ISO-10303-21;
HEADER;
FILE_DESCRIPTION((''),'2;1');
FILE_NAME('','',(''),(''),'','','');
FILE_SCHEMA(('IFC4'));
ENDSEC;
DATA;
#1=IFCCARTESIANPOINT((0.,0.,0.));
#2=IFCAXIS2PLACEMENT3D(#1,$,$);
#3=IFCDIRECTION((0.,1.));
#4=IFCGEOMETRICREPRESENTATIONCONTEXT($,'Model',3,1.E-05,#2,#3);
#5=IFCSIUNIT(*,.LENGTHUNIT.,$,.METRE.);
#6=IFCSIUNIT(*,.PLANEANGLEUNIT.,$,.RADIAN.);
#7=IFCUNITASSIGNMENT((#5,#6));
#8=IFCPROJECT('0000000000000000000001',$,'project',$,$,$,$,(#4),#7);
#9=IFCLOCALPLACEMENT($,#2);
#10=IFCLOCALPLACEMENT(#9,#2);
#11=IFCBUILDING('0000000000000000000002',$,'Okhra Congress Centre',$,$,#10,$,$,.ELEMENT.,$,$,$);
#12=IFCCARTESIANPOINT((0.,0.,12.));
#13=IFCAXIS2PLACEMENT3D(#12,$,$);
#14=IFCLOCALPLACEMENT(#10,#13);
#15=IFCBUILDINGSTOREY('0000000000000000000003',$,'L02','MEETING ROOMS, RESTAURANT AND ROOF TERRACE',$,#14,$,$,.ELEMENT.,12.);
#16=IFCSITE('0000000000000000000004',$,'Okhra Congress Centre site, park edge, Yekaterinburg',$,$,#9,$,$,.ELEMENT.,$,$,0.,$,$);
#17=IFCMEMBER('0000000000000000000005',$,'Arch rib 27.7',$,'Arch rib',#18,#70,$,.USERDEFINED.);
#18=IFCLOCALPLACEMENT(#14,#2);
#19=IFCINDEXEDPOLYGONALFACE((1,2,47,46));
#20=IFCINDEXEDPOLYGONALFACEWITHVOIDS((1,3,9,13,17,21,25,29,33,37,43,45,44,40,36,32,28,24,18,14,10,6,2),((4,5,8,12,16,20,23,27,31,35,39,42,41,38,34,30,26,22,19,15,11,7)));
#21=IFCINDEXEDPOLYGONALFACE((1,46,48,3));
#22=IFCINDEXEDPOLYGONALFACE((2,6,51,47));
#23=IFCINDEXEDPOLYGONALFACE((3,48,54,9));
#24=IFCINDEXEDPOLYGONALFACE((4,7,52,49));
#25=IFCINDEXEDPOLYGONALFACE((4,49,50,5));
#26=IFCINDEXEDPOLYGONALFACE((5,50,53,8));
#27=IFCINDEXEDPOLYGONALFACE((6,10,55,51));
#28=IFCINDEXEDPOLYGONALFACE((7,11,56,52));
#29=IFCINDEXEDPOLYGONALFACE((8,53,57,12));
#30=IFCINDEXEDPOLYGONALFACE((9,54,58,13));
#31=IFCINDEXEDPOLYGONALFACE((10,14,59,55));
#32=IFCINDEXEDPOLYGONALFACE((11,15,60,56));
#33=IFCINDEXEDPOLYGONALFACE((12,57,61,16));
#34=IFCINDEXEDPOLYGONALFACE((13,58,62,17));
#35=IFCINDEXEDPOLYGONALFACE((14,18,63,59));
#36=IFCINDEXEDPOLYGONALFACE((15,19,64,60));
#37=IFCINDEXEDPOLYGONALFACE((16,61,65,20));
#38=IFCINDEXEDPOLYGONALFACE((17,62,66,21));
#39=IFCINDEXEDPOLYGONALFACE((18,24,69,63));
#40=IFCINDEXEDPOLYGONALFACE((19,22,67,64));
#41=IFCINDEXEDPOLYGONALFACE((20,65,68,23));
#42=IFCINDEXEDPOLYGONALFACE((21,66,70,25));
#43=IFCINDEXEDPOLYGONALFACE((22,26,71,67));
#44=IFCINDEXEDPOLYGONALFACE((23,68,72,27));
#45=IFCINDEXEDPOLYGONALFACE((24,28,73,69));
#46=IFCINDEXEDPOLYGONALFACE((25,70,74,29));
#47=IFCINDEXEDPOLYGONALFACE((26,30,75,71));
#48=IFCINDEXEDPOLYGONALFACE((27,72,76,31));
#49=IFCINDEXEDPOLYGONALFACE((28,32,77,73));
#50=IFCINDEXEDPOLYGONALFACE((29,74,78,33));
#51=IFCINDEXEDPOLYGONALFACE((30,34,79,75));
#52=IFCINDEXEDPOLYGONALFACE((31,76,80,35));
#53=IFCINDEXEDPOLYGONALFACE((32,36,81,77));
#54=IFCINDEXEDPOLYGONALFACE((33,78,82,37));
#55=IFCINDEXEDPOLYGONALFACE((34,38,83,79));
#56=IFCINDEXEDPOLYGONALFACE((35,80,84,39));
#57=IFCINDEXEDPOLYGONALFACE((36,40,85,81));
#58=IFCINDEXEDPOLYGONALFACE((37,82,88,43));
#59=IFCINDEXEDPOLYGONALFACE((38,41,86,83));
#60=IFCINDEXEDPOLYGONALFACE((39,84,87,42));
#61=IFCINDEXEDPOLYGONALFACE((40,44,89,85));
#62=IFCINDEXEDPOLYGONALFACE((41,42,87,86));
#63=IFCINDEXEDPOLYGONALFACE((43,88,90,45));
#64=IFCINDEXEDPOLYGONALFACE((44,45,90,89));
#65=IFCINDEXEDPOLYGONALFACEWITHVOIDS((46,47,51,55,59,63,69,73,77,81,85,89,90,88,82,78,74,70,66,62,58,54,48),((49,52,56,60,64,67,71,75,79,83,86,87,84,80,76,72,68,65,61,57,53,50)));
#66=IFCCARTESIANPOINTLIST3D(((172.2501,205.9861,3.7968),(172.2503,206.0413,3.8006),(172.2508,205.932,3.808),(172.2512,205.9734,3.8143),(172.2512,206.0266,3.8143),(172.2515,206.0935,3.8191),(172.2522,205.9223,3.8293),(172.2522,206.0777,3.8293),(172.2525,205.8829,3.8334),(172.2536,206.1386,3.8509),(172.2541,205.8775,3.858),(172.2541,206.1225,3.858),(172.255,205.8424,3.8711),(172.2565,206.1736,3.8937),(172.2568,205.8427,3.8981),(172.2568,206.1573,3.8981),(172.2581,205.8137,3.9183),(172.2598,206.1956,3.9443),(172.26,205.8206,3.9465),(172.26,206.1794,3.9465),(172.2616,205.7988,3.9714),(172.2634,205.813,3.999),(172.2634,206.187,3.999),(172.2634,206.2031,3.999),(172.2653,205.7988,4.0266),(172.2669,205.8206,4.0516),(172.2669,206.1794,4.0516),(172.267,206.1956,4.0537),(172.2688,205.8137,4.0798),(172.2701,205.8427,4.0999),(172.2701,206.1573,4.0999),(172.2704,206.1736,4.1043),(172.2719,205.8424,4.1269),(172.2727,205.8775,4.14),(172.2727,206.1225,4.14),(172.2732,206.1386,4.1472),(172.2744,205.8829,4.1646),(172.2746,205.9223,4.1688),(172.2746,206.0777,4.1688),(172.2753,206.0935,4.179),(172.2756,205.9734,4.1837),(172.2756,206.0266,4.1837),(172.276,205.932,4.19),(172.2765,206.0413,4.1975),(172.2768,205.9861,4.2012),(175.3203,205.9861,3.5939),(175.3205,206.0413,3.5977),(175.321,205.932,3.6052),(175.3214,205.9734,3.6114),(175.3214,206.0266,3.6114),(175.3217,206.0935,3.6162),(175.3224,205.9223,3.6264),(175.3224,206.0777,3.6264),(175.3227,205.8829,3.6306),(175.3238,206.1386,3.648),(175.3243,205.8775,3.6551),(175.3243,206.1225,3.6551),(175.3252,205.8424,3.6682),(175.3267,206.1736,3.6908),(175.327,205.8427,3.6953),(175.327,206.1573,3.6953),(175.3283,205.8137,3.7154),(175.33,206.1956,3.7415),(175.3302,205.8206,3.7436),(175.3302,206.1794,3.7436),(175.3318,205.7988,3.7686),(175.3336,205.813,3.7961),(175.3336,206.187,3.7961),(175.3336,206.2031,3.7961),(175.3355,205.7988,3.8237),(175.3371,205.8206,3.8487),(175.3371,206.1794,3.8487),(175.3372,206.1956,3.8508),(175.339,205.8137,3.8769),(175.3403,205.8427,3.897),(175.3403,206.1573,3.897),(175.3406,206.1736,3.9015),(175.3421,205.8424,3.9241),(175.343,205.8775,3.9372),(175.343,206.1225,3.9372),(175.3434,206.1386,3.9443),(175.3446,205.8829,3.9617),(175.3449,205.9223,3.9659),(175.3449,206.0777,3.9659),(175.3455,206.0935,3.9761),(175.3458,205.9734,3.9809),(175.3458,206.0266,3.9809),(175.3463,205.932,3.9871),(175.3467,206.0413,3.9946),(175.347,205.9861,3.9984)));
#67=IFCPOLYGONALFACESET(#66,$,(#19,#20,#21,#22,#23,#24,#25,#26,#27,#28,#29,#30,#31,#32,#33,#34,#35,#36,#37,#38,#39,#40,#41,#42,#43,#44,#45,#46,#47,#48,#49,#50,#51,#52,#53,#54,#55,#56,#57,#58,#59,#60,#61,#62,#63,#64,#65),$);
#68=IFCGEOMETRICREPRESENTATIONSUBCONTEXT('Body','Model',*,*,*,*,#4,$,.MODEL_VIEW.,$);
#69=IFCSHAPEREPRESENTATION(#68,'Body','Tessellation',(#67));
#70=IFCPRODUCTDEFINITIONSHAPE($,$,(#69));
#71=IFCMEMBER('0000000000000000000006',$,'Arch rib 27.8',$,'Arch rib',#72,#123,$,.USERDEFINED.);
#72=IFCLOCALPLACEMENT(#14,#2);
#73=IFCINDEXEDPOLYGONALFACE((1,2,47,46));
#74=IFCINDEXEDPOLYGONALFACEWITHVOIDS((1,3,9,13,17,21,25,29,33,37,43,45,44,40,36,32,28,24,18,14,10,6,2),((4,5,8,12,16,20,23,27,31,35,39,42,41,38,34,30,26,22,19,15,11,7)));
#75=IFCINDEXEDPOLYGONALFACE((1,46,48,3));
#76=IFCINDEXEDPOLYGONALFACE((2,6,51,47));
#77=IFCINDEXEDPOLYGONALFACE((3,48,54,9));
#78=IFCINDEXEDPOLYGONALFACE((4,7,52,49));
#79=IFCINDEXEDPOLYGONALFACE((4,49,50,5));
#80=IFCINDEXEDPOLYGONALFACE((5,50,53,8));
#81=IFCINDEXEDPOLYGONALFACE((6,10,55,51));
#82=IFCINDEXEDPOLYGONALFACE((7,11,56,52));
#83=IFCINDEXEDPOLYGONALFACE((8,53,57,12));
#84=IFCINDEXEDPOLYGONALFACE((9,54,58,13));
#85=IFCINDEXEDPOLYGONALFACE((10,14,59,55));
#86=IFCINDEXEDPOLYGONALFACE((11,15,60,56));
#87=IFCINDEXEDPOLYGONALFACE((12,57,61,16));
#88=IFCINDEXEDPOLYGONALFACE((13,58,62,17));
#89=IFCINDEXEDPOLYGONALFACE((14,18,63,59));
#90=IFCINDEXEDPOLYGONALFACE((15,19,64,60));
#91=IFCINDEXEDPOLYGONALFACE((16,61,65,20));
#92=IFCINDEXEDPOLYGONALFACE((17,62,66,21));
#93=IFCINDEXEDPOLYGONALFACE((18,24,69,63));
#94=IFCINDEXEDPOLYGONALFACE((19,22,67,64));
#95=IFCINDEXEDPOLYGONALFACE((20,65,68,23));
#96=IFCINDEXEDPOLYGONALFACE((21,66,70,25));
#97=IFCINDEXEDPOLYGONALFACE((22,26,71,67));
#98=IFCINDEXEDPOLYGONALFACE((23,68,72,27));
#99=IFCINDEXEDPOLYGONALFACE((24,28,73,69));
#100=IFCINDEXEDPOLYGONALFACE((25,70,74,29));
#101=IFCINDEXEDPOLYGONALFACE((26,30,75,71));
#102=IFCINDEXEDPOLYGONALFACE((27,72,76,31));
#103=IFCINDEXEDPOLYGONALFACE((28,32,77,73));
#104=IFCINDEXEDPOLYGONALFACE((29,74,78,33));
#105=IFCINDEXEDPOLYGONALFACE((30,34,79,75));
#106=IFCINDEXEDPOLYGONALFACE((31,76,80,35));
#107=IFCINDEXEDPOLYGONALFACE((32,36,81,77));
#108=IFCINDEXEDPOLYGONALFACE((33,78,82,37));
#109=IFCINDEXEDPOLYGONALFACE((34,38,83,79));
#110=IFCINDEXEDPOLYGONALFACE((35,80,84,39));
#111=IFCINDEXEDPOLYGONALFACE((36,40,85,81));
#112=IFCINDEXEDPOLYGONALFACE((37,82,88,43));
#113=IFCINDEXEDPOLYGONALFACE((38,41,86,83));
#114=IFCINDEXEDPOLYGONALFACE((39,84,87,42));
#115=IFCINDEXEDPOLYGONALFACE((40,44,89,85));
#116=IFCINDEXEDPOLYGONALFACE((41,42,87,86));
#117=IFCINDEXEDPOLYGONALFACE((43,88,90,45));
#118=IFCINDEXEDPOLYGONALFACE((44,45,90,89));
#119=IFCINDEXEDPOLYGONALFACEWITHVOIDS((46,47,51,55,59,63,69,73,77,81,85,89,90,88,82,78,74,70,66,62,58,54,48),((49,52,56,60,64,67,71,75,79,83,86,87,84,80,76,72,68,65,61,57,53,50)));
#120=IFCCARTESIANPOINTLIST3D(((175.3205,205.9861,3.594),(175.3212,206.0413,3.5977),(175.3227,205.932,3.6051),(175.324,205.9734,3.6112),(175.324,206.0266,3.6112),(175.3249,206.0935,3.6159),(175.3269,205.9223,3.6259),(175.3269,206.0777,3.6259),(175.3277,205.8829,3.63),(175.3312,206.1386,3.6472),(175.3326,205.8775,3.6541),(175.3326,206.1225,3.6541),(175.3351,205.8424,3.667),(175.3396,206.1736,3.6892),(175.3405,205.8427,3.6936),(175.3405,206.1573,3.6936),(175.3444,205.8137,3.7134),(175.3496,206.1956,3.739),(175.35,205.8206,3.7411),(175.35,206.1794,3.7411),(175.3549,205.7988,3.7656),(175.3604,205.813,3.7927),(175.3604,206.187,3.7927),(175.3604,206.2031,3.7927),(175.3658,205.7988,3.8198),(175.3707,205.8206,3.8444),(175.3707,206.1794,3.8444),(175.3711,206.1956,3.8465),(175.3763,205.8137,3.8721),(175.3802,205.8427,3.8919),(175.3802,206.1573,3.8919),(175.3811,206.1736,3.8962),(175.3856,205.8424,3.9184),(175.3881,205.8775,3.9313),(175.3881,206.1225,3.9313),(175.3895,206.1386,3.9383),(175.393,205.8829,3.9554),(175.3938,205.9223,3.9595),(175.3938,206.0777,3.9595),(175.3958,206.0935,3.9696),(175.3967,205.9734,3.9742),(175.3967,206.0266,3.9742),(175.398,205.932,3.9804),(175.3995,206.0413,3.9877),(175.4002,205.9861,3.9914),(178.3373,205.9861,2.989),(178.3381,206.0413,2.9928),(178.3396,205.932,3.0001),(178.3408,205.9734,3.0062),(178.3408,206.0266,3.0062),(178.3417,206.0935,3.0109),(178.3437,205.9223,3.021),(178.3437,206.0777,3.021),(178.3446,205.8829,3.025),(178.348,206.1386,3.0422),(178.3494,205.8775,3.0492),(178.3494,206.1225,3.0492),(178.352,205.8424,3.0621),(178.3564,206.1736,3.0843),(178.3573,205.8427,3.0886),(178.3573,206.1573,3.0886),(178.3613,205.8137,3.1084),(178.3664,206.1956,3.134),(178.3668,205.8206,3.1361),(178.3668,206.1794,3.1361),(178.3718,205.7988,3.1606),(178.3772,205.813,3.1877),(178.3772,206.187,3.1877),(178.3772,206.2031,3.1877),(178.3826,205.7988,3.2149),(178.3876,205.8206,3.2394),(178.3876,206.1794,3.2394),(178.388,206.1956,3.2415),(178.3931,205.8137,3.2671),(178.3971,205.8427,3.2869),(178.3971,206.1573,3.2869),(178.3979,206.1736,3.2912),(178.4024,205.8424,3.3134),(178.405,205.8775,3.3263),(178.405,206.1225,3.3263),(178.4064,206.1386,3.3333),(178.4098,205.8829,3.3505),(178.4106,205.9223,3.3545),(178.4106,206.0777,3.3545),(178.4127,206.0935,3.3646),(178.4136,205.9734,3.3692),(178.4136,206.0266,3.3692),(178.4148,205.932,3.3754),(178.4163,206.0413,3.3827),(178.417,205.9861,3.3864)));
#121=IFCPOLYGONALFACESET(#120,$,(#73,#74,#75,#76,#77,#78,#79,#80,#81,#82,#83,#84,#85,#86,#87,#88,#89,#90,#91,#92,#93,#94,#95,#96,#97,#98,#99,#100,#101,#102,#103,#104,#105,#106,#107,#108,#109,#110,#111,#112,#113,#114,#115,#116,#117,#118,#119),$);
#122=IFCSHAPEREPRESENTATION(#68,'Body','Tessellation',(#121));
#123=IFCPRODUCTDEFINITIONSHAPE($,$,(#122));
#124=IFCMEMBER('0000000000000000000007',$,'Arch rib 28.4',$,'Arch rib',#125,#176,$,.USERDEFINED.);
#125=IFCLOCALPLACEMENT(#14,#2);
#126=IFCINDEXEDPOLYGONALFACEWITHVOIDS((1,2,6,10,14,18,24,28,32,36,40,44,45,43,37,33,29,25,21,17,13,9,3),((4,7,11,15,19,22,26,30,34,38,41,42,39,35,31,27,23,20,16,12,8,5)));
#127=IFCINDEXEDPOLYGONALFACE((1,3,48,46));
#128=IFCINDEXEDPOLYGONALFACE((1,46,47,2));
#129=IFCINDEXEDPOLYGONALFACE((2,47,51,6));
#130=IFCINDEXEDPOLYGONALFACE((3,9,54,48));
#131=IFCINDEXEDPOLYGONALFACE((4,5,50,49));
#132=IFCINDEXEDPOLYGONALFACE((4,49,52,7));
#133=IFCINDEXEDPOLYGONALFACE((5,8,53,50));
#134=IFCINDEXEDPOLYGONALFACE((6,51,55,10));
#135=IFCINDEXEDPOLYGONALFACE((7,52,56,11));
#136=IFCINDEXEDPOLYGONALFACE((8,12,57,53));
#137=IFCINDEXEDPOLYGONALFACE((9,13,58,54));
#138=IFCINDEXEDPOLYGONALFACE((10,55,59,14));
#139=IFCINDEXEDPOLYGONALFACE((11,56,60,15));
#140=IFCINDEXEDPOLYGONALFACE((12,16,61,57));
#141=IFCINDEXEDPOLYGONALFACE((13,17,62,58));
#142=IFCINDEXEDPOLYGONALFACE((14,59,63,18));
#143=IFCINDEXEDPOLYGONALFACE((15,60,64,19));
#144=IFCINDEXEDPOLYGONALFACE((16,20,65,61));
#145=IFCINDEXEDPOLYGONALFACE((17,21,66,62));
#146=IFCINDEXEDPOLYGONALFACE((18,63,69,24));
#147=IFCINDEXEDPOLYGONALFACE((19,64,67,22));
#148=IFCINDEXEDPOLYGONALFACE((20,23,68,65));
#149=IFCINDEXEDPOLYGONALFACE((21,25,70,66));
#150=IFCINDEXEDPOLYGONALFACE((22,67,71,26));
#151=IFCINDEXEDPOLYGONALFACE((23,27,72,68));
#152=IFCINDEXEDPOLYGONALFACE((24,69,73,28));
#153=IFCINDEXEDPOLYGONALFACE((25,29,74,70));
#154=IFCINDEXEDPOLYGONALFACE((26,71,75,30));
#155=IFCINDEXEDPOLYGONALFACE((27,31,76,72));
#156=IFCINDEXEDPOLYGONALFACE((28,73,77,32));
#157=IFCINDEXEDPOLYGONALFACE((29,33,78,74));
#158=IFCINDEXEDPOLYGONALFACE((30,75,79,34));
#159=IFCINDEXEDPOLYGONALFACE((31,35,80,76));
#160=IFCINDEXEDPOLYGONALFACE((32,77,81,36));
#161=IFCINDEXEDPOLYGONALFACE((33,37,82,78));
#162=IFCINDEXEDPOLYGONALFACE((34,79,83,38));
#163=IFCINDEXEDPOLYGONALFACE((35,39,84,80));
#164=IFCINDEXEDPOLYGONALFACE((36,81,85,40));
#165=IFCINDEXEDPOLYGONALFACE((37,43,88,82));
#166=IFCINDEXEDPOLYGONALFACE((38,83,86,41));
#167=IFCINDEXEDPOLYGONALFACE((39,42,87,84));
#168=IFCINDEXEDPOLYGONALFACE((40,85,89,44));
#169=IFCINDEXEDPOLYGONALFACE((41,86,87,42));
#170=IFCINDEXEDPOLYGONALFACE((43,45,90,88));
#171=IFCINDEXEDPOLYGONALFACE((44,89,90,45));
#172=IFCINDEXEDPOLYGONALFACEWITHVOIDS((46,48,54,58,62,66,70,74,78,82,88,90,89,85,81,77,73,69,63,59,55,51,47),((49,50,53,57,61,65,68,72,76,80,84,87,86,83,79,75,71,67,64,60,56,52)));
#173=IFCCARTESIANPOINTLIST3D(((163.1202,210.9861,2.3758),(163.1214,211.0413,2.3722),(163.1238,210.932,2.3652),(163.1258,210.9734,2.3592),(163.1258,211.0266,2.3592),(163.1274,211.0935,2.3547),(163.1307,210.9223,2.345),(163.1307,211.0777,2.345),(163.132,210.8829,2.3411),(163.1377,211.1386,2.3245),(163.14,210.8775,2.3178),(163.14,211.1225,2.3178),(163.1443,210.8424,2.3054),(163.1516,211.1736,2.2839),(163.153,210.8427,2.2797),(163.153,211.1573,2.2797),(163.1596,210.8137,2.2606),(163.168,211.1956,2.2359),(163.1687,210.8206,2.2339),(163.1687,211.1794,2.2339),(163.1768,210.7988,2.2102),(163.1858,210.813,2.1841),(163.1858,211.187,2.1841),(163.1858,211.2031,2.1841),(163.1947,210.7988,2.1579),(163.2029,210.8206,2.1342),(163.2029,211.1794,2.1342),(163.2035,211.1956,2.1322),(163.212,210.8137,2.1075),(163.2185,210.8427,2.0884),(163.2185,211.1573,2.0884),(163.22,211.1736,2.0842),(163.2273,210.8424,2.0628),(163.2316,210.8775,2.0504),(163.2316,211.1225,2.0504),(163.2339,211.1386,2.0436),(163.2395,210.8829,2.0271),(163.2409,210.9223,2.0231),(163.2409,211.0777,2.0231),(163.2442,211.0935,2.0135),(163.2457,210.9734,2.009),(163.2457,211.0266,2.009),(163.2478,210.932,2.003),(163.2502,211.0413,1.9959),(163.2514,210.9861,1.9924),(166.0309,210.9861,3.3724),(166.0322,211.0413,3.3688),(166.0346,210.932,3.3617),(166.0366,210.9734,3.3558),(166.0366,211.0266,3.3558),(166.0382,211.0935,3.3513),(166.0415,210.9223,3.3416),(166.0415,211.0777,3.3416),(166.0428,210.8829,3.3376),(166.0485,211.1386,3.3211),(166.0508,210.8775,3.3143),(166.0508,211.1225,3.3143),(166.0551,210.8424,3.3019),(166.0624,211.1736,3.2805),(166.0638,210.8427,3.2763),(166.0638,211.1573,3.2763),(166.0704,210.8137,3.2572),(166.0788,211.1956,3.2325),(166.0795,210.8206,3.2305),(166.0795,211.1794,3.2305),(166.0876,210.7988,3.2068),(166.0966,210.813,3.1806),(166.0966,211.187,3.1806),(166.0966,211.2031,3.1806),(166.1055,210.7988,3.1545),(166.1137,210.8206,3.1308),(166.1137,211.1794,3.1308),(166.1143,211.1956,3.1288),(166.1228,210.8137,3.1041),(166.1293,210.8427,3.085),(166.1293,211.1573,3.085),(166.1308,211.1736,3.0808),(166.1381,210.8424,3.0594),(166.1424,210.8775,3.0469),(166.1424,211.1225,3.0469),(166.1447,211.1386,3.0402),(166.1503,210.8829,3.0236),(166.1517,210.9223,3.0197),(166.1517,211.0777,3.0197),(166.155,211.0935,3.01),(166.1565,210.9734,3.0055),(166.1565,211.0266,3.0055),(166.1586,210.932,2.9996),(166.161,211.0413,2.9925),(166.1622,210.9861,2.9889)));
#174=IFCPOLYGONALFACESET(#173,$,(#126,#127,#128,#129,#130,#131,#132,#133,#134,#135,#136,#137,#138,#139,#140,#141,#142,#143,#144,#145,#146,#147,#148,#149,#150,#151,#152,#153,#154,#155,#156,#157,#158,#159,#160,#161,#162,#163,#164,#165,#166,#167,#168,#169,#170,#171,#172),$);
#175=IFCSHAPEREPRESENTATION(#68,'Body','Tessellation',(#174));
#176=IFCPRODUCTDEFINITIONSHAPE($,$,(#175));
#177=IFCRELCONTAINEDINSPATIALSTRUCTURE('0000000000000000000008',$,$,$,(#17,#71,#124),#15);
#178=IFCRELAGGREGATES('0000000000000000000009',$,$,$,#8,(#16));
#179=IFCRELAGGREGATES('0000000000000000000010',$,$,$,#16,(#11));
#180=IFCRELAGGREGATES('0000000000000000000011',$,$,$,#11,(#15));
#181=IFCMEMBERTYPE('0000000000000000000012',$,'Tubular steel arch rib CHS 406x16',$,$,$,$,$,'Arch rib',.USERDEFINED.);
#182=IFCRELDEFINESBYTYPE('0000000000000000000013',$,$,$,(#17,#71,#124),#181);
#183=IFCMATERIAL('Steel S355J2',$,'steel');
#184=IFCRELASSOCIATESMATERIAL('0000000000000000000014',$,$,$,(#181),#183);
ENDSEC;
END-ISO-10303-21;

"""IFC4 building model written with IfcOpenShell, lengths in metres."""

from ifc_helpers import new_model, si_unit, direction, frame, origin, origin_2d, place, context, subcontext, project, spatial, hollow_circle, extrude, material, material_profile, profile_set, type_object, element, save


model = new_model("IFC4")

# Units and contexts
model_context = context("Model", 3, precision=1e-05, world=origin(), true_north=direction((0.0, 1.0)))
body_context = subcontext(model_context, "Body", "Model", "MODEL_VIEW")
ifc_project = project(units=[si_unit("LENGTHUNIT", "METRE"), si_unit("PLANEANGLEUNIT", "RADIAN")], contexts=[model_context])

# Site, building, storey
site_placement = place(None, origin())
site = spatial("IfcSite", under=ifc_project, at=site_placement, Name="Okhra Congress Centre site, park edge, Yekaterinburg", CompositionType="ELEMENT", RefElevation=0.0)
building_placement = place(site_placement, origin())
building = spatial("IfcBuilding", under=site, at=building_placement, Name="Okhra Congress Centre", CompositionType="ELEMENT")
storey_placement = place(building_placement, frame((0.0, 0.0, 12.0)))
storey = spatial("IfcBuildingStorey", under=building, at=storey_placement, Name="L02", Description="MEETING ROOMS, RESTAURANT AND ROOF TERRACE", CompositionType="ELEMENT", Elevation=12.0)

# Members
ifc_material_1 = material(Name="Steel S355J2", Category="steel")
ifc_material_profile_1 = material_profile(ifc_material_1, hollow_circle(Radius=0.2031, WallThickness=0.0161, at=origin_2d()), Name="CHS 406.4x16")
ifc_profile_set_1 = profile_set([ifc_material_profile_1], Name="Steel S355J2")
member_type_1 = type_object("IfcMemberType", Name="Tubular steel arch rib CHS 406x16", ElementType="Arch rib", PredefinedType="USERDEFINED", material=ifc_profile_set_1)
for number, where, z_axis, x_axis, name in (
    (1, (172.2634, 206.0, 3.999), (0.997824, 0.0, -0.065934), (0.0, 1.0, 0.0), "Arch rib 27.7"),
    (2, (175.3604, 206.0, 3.7927), (0.98048, 0.0, -0.19662), (0.0, 1.0, 0.0), "Arch rib 27.8"),
):
    element("IfcMember", number, at=place(storey_placement, frame(where, z_axis=z_axis, x_axis=x_axis)), inside=storey, type_object=member_type_1, Name=name, ObjectType="Arch rib", PredefinedType="USERDEFINED", context=body_context, shape_type="SweptSolid", body=[
        extrude(hollow_circle(Radius=0.2031, WallThickness=0.0161, at=origin_2d()), origin(), (0.0, 0.0, 1.0), 3.0769),
    ])
member_placement = place(storey_placement, frame((163.1858, 211.0, 2.1841), z_axis=(0.946089, 0.0, 0.323906), x_axis=(0.0, 1.0, 0.0)))
element("IfcMember", 3, at=member_placement, inside=storey, type_object=member_type_1, Name="Arch rib 28.4", ObjectType="Arch rib", PredefinedType="USERDEFINED", context=body_context, shape_type="SweptSolid", body=[
    extrude(hollow_circle(Radius=0.2031, WallThickness=0.0161, at=origin_2d()), origin(), (0.0, 0.0, 1.0), 3.0767),
])

save(model, "model.ifc")
